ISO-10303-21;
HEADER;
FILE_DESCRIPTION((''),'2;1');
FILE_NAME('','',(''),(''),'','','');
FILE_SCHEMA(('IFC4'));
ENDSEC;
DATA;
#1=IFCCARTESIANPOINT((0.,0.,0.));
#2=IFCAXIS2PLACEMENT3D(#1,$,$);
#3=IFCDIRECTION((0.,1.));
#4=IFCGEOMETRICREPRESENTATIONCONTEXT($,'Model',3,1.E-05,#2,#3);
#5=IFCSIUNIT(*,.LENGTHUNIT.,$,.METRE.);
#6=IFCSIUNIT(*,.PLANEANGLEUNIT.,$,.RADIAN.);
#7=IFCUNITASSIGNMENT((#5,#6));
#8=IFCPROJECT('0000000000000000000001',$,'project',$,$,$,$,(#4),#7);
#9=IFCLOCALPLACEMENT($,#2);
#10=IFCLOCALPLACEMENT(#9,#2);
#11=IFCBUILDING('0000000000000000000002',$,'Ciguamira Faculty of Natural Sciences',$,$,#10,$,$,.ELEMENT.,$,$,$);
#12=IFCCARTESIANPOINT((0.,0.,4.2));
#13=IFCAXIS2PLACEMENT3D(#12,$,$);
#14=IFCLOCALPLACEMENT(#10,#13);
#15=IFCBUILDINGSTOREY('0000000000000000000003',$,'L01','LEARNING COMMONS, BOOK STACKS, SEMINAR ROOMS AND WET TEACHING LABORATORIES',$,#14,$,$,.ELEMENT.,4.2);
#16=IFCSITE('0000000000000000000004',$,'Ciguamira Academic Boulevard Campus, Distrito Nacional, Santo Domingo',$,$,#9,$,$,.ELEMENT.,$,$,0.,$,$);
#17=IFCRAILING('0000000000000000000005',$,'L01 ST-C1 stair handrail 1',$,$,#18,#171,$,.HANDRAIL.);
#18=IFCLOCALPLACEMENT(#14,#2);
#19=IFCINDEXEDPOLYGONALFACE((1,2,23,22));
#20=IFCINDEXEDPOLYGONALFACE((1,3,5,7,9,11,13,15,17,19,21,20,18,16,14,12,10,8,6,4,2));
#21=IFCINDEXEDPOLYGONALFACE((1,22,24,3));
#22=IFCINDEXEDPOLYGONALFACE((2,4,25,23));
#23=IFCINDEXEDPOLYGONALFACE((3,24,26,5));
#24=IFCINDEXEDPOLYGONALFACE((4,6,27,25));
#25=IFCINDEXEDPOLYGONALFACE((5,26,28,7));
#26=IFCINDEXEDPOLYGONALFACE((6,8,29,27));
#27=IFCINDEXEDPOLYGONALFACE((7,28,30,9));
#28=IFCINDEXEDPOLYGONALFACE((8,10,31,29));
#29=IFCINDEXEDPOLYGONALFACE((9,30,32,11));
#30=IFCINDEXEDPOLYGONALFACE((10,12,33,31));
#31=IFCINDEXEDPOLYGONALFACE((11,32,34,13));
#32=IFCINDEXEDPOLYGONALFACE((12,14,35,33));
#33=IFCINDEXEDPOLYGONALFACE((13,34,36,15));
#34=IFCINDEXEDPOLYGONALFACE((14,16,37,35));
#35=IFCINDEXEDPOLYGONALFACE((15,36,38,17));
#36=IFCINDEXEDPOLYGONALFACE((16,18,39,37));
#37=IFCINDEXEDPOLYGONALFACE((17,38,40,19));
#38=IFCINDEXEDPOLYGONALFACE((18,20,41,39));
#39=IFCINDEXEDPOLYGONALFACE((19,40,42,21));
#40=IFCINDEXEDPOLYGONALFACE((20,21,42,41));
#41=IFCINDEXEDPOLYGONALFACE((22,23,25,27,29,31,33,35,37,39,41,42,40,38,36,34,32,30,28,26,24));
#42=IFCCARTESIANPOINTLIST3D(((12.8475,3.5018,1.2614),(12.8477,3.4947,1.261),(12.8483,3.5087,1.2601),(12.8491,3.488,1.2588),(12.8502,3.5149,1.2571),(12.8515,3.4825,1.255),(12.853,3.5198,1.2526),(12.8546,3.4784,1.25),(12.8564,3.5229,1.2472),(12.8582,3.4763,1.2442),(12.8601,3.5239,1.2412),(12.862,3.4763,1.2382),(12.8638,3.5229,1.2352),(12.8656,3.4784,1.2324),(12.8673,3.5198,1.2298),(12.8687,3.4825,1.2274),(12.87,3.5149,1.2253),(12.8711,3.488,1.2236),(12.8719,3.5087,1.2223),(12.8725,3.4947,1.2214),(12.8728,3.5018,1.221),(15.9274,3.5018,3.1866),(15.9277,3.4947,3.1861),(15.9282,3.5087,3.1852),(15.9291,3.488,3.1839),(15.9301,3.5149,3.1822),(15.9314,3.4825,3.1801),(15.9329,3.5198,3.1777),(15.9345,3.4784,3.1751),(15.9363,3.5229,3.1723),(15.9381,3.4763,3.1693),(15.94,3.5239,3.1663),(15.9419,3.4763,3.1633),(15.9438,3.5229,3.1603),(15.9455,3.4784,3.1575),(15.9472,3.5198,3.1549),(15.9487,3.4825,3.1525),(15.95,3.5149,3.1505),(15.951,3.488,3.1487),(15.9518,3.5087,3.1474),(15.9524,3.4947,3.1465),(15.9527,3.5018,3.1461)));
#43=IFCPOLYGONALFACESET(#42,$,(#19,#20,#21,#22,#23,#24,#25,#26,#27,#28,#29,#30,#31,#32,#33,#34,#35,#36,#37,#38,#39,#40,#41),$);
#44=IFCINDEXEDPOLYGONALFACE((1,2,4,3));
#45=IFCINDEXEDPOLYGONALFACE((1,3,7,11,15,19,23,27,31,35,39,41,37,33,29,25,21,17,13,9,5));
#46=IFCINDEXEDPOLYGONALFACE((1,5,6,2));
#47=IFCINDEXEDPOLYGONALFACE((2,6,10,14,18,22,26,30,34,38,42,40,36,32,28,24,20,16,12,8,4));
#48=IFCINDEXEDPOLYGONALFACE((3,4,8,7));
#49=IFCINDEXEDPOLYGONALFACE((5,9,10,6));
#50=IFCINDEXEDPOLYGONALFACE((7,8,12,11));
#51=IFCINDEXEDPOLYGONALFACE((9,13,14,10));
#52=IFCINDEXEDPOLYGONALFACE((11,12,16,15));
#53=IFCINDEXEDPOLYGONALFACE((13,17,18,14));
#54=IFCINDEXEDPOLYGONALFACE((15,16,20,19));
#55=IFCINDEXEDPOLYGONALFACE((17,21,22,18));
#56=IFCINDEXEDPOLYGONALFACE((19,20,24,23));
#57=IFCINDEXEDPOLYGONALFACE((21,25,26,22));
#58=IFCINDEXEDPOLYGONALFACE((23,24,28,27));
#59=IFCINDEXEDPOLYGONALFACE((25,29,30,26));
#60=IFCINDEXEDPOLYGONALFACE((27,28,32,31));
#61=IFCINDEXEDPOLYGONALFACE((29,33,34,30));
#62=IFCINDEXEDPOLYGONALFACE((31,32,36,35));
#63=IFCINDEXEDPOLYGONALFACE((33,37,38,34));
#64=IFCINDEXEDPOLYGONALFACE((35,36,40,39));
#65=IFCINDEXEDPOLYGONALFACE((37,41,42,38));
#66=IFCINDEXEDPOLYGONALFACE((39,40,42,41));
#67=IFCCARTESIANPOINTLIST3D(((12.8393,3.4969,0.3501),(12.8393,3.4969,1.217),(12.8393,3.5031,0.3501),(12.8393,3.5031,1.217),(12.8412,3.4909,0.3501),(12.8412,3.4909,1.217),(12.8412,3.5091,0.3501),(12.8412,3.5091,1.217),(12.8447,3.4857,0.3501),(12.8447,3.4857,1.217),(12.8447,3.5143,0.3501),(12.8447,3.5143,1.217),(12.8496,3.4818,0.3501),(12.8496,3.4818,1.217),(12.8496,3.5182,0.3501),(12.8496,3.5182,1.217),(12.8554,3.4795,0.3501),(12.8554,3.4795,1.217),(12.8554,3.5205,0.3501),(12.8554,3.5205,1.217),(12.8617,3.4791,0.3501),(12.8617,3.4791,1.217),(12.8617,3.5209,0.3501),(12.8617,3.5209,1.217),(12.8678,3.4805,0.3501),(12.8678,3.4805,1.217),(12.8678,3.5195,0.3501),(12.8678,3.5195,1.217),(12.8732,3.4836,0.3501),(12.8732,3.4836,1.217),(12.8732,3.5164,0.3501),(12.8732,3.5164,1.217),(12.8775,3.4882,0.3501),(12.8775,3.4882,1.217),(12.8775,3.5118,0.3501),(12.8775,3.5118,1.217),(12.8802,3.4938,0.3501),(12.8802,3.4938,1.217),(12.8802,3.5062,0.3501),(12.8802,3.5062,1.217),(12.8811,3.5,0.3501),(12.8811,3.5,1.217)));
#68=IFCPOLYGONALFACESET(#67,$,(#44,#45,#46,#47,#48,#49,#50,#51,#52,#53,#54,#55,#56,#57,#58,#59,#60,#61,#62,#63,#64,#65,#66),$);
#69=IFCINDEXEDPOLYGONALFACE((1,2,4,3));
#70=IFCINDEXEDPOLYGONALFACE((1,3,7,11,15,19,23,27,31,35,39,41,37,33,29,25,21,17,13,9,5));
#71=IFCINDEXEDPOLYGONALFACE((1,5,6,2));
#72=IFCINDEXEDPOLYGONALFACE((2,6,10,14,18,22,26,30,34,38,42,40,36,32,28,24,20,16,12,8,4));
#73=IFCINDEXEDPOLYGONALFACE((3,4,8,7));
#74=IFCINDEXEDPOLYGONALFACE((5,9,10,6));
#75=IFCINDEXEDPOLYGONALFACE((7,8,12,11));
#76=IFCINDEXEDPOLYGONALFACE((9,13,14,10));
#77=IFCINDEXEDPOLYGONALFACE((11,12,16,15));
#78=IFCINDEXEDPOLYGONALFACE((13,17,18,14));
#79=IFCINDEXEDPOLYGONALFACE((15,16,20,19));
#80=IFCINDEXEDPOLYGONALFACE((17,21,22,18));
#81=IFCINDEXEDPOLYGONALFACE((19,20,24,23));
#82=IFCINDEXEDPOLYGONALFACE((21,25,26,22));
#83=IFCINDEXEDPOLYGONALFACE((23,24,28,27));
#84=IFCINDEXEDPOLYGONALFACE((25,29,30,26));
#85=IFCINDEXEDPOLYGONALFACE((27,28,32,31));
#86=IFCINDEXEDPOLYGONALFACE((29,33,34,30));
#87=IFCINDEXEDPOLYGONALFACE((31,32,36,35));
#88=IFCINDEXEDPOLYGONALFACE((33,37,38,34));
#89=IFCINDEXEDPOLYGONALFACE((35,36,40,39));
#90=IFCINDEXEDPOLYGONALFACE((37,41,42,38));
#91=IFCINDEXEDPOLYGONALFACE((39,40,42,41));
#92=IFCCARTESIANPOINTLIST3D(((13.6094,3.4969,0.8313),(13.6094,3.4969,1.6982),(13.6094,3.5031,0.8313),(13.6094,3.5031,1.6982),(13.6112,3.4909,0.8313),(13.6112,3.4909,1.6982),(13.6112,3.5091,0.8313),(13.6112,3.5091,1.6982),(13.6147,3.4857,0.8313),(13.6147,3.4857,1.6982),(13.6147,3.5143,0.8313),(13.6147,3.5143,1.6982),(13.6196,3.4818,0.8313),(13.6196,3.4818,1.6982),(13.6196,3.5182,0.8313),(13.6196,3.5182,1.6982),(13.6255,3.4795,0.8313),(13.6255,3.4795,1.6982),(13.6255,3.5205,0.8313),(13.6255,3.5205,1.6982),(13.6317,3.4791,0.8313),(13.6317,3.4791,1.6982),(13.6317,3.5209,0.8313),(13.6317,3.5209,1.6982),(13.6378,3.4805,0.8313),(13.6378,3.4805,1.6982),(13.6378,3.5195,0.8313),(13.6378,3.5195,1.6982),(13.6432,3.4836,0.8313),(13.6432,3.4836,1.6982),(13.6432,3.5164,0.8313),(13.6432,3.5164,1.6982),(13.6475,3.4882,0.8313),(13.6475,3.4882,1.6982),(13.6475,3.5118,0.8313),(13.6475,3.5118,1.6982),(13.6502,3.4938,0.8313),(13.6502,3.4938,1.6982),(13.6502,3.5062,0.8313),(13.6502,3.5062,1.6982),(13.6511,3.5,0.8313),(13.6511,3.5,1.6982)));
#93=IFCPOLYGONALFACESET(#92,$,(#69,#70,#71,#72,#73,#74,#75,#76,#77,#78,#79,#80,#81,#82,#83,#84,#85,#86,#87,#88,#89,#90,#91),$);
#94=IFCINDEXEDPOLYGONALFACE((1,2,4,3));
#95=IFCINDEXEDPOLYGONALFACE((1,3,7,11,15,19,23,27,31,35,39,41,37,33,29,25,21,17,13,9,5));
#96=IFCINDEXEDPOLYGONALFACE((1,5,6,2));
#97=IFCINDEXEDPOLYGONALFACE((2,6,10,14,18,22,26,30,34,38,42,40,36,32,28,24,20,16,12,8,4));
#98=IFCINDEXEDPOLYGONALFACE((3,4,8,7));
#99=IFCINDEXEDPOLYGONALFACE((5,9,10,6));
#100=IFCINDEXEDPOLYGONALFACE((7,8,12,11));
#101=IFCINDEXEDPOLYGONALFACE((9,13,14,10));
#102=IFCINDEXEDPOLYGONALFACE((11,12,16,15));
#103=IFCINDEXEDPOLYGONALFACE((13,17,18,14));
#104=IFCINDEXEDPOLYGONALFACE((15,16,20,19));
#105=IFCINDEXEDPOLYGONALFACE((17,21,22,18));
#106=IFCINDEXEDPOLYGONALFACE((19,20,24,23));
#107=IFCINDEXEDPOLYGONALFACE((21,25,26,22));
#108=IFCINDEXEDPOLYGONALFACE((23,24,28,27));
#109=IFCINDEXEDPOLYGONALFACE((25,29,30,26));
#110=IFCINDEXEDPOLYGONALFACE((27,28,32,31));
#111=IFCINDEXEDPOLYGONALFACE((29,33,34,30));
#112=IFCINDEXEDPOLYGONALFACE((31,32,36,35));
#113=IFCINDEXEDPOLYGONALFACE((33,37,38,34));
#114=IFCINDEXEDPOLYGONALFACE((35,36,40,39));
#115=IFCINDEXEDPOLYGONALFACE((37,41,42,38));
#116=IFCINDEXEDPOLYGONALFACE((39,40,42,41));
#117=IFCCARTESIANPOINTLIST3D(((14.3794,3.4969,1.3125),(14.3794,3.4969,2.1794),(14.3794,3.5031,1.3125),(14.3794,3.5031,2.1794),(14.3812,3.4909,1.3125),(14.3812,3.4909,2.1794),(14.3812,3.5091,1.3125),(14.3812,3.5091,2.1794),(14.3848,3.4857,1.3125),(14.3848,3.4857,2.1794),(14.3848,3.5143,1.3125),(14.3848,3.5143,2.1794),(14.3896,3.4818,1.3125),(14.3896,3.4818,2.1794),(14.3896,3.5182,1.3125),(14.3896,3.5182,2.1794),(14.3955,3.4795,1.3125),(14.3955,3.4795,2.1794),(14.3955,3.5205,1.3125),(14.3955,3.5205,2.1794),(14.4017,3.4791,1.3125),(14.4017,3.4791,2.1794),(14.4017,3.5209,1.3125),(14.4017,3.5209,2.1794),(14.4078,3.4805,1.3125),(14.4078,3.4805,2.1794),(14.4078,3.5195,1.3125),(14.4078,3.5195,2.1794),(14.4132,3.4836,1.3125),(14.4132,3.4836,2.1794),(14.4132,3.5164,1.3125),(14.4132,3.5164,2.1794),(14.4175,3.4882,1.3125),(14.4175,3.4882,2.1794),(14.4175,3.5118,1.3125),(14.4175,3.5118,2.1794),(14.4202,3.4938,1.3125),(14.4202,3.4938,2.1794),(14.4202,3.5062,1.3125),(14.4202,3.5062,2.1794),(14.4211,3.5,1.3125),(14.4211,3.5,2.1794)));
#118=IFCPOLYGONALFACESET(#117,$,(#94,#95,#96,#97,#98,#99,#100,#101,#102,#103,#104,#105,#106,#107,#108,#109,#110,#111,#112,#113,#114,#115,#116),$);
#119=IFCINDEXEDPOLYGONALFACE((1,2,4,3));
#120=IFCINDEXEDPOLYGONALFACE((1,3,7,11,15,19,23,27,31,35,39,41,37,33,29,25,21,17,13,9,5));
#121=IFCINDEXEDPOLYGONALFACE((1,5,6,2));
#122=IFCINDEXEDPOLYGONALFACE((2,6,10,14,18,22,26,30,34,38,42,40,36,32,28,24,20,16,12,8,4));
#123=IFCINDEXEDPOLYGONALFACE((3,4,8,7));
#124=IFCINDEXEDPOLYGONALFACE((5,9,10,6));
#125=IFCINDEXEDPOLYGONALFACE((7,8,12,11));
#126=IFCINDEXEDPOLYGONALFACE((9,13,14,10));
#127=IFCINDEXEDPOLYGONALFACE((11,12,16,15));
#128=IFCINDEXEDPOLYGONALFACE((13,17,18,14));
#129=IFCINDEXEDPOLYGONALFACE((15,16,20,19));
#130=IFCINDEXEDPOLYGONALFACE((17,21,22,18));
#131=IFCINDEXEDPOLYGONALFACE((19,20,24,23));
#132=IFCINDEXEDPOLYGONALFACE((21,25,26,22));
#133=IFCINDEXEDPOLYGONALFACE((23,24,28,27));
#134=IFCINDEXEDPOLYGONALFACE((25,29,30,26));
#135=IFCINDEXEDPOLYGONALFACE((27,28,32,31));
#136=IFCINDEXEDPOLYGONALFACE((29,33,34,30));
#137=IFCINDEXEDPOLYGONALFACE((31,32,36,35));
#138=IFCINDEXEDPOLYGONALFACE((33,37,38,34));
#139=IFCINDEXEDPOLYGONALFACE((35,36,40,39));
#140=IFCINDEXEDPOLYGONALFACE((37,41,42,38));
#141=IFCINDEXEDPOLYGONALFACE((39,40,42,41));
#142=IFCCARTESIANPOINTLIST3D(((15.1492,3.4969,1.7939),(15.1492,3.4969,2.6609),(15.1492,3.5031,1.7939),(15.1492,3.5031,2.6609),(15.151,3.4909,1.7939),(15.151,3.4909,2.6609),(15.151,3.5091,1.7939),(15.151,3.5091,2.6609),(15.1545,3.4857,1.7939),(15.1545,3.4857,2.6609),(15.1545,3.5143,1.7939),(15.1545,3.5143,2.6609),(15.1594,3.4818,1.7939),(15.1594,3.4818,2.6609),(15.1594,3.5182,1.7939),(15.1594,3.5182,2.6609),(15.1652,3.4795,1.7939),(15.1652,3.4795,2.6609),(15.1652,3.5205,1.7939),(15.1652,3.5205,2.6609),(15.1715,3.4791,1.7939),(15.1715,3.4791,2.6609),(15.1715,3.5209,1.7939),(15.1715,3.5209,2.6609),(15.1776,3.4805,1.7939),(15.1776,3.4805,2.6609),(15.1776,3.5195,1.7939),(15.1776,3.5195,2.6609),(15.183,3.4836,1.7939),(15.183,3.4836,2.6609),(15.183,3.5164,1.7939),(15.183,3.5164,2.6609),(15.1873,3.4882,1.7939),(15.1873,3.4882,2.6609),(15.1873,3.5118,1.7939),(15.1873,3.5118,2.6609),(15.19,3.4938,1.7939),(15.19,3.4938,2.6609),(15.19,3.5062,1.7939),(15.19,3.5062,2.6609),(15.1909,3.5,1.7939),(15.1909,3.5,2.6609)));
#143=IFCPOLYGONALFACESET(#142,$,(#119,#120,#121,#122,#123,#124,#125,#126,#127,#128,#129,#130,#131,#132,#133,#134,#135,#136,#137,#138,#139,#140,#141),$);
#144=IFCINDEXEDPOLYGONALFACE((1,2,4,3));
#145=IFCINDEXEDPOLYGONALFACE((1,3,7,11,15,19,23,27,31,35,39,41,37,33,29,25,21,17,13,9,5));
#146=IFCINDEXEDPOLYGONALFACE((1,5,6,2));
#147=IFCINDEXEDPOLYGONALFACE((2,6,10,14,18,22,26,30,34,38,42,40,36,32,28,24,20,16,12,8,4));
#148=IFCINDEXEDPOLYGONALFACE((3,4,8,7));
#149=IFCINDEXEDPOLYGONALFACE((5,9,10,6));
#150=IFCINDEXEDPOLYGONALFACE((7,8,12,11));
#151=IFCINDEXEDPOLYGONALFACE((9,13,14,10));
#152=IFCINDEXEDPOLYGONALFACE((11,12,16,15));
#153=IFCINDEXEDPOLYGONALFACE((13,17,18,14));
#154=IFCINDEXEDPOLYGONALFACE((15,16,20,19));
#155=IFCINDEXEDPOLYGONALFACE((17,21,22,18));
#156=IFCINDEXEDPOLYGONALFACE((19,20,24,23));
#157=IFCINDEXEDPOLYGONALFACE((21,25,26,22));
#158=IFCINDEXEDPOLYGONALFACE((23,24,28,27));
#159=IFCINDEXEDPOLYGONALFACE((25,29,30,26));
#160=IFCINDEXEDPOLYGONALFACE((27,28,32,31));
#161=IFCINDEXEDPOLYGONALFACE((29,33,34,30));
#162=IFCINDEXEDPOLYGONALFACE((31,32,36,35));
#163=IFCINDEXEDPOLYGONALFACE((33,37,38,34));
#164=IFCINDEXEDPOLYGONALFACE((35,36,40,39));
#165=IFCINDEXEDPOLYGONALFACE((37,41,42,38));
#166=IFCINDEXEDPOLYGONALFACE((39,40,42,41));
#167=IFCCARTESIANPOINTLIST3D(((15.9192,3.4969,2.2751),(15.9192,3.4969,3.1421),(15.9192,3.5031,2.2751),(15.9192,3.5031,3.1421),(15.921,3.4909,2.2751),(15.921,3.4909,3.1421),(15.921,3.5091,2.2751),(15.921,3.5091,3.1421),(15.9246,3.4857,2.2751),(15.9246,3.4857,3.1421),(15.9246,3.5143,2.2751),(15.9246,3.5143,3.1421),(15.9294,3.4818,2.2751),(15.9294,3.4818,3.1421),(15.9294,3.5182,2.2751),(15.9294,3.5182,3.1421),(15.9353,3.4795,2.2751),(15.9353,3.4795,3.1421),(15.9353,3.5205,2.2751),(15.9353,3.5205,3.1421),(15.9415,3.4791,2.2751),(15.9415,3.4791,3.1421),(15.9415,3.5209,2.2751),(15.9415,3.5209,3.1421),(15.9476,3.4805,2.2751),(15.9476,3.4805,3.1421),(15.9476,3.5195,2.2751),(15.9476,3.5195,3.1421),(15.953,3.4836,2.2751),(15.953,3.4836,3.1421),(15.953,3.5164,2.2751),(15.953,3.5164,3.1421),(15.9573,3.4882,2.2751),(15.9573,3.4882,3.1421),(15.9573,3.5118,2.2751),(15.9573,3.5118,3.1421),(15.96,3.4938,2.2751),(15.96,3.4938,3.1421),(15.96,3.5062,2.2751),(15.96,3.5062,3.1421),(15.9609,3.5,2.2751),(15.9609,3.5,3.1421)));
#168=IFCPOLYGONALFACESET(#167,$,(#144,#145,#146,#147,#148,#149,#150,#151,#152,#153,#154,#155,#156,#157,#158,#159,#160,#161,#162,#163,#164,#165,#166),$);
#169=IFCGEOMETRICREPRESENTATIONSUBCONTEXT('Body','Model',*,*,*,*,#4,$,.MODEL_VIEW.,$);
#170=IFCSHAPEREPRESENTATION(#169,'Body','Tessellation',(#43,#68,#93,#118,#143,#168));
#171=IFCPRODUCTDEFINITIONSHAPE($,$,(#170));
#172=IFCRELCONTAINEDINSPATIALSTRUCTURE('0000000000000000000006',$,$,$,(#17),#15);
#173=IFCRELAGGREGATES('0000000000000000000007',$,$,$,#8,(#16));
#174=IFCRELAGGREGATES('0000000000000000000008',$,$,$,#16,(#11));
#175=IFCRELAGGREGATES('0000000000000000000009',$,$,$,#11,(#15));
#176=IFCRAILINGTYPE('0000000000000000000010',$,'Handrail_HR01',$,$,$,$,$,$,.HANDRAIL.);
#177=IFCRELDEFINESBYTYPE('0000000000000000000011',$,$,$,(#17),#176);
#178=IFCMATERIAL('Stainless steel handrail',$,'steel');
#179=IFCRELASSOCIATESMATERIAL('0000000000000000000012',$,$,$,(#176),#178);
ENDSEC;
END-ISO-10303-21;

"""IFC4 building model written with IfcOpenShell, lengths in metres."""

from ifc_helpers import new_model, si_unit, direction, frame, origin, origin_2d, place, context, subcontext, project, spatial, circle, extrude, material, type_object, element, save


model = new_model("IFC4")

# Units and contexts
model_context = context("Model", 3, precision=1e-05, world=origin(), true_north=direction((0.0, 1.0)))
body_context = subcontext(model_context, "Body", "Model", "MODEL_VIEW")
ifc_project = project(units=[si_unit("LENGTHUNIT", "METRE"), si_unit("PLANEANGLEUNIT", "RADIAN")], contexts=[model_context])

# Site, building, storey
site_placement = place(None, origin())
site = spatial("IfcSite", under=ifc_project, at=site_placement, Name="Ciguamira Academic Boulevard Campus, Distrito Nacional, Santo Domingo", CompositionType="ELEMENT", RefElevation=0.0)
building_placement = place(site_placement, origin())
building = spatial("IfcBuilding", under=site, at=building_placement, Name="Ciguamira Faculty of Natural Sciences", CompositionType="ELEMENT")
storey_placement = place(building_placement, frame((0.0, 0.0, 4.2)))
storey = spatial("IfcBuildingStorey", under=building, at=storey_placement, Name="L01", Description="LEARNING COMMONS, BOOK STACKS, SEMINAR ROOMS AND WET TEACHING LABORATORIES", CompositionType="ELEMENT", Elevation=4.2)

# Railing
ifc_material_1 = material(Name="Stainless steel handrail", Category="steel")
railing_type_1 = type_object("IfcRailingType", Name="Handrail_HR01", PredefinedType="HANDRAIL", material=ifc_material_1)
railing_1_placement = place(storey_placement, frame((12.8601, 3.5, 0.3501)))
element("IfcRailing", 1, at=railing_1_placement, inside=storey, type_object=railing_type_1, Name="L01 ST-C1 stair handrail 1", PredefinedType="HANDRAIL", context=body_context, shape_type="SweptSolid", body=[
    extrude(circle(Radius=0.0239, at=origin_2d()), frame((0.0, 0.0, 0.8911), z_axis=(0.847979, 0.0, 0.530029), x_axis=(0.0, 1.0, 0.0)), (0.0, 0.0, 1.0), 3.6321),
    extrude(circle(Radius=0.021, at=origin_2d()), origin(), (0.0, 0.0, 1.0), 0.8669),
    extrude(circle(Radius=0.021, at=origin_2d()), frame((0.77, 0.0, 0.4812)), (0.0, 0.0, 1.0), 0.8669),
    extrude(circle(Radius=0.021, at=origin_2d()), frame((1.54, 0.0, 0.9624)), (0.0, 0.0, 1.0), 0.8669),
    extrude(circle(Radius=0.021, at=origin_2d()), frame((2.3098, 0.0, 1.4438)), (0.0, 0.0, 1.0), 0.8669),
    extrude(circle(Radius=0.021, at=origin_2d()), frame((3.0798, 0.0, 1.925)), (0.0, 0.0, 1.0), 0.8669),
])

save(model, "model.ifc")
